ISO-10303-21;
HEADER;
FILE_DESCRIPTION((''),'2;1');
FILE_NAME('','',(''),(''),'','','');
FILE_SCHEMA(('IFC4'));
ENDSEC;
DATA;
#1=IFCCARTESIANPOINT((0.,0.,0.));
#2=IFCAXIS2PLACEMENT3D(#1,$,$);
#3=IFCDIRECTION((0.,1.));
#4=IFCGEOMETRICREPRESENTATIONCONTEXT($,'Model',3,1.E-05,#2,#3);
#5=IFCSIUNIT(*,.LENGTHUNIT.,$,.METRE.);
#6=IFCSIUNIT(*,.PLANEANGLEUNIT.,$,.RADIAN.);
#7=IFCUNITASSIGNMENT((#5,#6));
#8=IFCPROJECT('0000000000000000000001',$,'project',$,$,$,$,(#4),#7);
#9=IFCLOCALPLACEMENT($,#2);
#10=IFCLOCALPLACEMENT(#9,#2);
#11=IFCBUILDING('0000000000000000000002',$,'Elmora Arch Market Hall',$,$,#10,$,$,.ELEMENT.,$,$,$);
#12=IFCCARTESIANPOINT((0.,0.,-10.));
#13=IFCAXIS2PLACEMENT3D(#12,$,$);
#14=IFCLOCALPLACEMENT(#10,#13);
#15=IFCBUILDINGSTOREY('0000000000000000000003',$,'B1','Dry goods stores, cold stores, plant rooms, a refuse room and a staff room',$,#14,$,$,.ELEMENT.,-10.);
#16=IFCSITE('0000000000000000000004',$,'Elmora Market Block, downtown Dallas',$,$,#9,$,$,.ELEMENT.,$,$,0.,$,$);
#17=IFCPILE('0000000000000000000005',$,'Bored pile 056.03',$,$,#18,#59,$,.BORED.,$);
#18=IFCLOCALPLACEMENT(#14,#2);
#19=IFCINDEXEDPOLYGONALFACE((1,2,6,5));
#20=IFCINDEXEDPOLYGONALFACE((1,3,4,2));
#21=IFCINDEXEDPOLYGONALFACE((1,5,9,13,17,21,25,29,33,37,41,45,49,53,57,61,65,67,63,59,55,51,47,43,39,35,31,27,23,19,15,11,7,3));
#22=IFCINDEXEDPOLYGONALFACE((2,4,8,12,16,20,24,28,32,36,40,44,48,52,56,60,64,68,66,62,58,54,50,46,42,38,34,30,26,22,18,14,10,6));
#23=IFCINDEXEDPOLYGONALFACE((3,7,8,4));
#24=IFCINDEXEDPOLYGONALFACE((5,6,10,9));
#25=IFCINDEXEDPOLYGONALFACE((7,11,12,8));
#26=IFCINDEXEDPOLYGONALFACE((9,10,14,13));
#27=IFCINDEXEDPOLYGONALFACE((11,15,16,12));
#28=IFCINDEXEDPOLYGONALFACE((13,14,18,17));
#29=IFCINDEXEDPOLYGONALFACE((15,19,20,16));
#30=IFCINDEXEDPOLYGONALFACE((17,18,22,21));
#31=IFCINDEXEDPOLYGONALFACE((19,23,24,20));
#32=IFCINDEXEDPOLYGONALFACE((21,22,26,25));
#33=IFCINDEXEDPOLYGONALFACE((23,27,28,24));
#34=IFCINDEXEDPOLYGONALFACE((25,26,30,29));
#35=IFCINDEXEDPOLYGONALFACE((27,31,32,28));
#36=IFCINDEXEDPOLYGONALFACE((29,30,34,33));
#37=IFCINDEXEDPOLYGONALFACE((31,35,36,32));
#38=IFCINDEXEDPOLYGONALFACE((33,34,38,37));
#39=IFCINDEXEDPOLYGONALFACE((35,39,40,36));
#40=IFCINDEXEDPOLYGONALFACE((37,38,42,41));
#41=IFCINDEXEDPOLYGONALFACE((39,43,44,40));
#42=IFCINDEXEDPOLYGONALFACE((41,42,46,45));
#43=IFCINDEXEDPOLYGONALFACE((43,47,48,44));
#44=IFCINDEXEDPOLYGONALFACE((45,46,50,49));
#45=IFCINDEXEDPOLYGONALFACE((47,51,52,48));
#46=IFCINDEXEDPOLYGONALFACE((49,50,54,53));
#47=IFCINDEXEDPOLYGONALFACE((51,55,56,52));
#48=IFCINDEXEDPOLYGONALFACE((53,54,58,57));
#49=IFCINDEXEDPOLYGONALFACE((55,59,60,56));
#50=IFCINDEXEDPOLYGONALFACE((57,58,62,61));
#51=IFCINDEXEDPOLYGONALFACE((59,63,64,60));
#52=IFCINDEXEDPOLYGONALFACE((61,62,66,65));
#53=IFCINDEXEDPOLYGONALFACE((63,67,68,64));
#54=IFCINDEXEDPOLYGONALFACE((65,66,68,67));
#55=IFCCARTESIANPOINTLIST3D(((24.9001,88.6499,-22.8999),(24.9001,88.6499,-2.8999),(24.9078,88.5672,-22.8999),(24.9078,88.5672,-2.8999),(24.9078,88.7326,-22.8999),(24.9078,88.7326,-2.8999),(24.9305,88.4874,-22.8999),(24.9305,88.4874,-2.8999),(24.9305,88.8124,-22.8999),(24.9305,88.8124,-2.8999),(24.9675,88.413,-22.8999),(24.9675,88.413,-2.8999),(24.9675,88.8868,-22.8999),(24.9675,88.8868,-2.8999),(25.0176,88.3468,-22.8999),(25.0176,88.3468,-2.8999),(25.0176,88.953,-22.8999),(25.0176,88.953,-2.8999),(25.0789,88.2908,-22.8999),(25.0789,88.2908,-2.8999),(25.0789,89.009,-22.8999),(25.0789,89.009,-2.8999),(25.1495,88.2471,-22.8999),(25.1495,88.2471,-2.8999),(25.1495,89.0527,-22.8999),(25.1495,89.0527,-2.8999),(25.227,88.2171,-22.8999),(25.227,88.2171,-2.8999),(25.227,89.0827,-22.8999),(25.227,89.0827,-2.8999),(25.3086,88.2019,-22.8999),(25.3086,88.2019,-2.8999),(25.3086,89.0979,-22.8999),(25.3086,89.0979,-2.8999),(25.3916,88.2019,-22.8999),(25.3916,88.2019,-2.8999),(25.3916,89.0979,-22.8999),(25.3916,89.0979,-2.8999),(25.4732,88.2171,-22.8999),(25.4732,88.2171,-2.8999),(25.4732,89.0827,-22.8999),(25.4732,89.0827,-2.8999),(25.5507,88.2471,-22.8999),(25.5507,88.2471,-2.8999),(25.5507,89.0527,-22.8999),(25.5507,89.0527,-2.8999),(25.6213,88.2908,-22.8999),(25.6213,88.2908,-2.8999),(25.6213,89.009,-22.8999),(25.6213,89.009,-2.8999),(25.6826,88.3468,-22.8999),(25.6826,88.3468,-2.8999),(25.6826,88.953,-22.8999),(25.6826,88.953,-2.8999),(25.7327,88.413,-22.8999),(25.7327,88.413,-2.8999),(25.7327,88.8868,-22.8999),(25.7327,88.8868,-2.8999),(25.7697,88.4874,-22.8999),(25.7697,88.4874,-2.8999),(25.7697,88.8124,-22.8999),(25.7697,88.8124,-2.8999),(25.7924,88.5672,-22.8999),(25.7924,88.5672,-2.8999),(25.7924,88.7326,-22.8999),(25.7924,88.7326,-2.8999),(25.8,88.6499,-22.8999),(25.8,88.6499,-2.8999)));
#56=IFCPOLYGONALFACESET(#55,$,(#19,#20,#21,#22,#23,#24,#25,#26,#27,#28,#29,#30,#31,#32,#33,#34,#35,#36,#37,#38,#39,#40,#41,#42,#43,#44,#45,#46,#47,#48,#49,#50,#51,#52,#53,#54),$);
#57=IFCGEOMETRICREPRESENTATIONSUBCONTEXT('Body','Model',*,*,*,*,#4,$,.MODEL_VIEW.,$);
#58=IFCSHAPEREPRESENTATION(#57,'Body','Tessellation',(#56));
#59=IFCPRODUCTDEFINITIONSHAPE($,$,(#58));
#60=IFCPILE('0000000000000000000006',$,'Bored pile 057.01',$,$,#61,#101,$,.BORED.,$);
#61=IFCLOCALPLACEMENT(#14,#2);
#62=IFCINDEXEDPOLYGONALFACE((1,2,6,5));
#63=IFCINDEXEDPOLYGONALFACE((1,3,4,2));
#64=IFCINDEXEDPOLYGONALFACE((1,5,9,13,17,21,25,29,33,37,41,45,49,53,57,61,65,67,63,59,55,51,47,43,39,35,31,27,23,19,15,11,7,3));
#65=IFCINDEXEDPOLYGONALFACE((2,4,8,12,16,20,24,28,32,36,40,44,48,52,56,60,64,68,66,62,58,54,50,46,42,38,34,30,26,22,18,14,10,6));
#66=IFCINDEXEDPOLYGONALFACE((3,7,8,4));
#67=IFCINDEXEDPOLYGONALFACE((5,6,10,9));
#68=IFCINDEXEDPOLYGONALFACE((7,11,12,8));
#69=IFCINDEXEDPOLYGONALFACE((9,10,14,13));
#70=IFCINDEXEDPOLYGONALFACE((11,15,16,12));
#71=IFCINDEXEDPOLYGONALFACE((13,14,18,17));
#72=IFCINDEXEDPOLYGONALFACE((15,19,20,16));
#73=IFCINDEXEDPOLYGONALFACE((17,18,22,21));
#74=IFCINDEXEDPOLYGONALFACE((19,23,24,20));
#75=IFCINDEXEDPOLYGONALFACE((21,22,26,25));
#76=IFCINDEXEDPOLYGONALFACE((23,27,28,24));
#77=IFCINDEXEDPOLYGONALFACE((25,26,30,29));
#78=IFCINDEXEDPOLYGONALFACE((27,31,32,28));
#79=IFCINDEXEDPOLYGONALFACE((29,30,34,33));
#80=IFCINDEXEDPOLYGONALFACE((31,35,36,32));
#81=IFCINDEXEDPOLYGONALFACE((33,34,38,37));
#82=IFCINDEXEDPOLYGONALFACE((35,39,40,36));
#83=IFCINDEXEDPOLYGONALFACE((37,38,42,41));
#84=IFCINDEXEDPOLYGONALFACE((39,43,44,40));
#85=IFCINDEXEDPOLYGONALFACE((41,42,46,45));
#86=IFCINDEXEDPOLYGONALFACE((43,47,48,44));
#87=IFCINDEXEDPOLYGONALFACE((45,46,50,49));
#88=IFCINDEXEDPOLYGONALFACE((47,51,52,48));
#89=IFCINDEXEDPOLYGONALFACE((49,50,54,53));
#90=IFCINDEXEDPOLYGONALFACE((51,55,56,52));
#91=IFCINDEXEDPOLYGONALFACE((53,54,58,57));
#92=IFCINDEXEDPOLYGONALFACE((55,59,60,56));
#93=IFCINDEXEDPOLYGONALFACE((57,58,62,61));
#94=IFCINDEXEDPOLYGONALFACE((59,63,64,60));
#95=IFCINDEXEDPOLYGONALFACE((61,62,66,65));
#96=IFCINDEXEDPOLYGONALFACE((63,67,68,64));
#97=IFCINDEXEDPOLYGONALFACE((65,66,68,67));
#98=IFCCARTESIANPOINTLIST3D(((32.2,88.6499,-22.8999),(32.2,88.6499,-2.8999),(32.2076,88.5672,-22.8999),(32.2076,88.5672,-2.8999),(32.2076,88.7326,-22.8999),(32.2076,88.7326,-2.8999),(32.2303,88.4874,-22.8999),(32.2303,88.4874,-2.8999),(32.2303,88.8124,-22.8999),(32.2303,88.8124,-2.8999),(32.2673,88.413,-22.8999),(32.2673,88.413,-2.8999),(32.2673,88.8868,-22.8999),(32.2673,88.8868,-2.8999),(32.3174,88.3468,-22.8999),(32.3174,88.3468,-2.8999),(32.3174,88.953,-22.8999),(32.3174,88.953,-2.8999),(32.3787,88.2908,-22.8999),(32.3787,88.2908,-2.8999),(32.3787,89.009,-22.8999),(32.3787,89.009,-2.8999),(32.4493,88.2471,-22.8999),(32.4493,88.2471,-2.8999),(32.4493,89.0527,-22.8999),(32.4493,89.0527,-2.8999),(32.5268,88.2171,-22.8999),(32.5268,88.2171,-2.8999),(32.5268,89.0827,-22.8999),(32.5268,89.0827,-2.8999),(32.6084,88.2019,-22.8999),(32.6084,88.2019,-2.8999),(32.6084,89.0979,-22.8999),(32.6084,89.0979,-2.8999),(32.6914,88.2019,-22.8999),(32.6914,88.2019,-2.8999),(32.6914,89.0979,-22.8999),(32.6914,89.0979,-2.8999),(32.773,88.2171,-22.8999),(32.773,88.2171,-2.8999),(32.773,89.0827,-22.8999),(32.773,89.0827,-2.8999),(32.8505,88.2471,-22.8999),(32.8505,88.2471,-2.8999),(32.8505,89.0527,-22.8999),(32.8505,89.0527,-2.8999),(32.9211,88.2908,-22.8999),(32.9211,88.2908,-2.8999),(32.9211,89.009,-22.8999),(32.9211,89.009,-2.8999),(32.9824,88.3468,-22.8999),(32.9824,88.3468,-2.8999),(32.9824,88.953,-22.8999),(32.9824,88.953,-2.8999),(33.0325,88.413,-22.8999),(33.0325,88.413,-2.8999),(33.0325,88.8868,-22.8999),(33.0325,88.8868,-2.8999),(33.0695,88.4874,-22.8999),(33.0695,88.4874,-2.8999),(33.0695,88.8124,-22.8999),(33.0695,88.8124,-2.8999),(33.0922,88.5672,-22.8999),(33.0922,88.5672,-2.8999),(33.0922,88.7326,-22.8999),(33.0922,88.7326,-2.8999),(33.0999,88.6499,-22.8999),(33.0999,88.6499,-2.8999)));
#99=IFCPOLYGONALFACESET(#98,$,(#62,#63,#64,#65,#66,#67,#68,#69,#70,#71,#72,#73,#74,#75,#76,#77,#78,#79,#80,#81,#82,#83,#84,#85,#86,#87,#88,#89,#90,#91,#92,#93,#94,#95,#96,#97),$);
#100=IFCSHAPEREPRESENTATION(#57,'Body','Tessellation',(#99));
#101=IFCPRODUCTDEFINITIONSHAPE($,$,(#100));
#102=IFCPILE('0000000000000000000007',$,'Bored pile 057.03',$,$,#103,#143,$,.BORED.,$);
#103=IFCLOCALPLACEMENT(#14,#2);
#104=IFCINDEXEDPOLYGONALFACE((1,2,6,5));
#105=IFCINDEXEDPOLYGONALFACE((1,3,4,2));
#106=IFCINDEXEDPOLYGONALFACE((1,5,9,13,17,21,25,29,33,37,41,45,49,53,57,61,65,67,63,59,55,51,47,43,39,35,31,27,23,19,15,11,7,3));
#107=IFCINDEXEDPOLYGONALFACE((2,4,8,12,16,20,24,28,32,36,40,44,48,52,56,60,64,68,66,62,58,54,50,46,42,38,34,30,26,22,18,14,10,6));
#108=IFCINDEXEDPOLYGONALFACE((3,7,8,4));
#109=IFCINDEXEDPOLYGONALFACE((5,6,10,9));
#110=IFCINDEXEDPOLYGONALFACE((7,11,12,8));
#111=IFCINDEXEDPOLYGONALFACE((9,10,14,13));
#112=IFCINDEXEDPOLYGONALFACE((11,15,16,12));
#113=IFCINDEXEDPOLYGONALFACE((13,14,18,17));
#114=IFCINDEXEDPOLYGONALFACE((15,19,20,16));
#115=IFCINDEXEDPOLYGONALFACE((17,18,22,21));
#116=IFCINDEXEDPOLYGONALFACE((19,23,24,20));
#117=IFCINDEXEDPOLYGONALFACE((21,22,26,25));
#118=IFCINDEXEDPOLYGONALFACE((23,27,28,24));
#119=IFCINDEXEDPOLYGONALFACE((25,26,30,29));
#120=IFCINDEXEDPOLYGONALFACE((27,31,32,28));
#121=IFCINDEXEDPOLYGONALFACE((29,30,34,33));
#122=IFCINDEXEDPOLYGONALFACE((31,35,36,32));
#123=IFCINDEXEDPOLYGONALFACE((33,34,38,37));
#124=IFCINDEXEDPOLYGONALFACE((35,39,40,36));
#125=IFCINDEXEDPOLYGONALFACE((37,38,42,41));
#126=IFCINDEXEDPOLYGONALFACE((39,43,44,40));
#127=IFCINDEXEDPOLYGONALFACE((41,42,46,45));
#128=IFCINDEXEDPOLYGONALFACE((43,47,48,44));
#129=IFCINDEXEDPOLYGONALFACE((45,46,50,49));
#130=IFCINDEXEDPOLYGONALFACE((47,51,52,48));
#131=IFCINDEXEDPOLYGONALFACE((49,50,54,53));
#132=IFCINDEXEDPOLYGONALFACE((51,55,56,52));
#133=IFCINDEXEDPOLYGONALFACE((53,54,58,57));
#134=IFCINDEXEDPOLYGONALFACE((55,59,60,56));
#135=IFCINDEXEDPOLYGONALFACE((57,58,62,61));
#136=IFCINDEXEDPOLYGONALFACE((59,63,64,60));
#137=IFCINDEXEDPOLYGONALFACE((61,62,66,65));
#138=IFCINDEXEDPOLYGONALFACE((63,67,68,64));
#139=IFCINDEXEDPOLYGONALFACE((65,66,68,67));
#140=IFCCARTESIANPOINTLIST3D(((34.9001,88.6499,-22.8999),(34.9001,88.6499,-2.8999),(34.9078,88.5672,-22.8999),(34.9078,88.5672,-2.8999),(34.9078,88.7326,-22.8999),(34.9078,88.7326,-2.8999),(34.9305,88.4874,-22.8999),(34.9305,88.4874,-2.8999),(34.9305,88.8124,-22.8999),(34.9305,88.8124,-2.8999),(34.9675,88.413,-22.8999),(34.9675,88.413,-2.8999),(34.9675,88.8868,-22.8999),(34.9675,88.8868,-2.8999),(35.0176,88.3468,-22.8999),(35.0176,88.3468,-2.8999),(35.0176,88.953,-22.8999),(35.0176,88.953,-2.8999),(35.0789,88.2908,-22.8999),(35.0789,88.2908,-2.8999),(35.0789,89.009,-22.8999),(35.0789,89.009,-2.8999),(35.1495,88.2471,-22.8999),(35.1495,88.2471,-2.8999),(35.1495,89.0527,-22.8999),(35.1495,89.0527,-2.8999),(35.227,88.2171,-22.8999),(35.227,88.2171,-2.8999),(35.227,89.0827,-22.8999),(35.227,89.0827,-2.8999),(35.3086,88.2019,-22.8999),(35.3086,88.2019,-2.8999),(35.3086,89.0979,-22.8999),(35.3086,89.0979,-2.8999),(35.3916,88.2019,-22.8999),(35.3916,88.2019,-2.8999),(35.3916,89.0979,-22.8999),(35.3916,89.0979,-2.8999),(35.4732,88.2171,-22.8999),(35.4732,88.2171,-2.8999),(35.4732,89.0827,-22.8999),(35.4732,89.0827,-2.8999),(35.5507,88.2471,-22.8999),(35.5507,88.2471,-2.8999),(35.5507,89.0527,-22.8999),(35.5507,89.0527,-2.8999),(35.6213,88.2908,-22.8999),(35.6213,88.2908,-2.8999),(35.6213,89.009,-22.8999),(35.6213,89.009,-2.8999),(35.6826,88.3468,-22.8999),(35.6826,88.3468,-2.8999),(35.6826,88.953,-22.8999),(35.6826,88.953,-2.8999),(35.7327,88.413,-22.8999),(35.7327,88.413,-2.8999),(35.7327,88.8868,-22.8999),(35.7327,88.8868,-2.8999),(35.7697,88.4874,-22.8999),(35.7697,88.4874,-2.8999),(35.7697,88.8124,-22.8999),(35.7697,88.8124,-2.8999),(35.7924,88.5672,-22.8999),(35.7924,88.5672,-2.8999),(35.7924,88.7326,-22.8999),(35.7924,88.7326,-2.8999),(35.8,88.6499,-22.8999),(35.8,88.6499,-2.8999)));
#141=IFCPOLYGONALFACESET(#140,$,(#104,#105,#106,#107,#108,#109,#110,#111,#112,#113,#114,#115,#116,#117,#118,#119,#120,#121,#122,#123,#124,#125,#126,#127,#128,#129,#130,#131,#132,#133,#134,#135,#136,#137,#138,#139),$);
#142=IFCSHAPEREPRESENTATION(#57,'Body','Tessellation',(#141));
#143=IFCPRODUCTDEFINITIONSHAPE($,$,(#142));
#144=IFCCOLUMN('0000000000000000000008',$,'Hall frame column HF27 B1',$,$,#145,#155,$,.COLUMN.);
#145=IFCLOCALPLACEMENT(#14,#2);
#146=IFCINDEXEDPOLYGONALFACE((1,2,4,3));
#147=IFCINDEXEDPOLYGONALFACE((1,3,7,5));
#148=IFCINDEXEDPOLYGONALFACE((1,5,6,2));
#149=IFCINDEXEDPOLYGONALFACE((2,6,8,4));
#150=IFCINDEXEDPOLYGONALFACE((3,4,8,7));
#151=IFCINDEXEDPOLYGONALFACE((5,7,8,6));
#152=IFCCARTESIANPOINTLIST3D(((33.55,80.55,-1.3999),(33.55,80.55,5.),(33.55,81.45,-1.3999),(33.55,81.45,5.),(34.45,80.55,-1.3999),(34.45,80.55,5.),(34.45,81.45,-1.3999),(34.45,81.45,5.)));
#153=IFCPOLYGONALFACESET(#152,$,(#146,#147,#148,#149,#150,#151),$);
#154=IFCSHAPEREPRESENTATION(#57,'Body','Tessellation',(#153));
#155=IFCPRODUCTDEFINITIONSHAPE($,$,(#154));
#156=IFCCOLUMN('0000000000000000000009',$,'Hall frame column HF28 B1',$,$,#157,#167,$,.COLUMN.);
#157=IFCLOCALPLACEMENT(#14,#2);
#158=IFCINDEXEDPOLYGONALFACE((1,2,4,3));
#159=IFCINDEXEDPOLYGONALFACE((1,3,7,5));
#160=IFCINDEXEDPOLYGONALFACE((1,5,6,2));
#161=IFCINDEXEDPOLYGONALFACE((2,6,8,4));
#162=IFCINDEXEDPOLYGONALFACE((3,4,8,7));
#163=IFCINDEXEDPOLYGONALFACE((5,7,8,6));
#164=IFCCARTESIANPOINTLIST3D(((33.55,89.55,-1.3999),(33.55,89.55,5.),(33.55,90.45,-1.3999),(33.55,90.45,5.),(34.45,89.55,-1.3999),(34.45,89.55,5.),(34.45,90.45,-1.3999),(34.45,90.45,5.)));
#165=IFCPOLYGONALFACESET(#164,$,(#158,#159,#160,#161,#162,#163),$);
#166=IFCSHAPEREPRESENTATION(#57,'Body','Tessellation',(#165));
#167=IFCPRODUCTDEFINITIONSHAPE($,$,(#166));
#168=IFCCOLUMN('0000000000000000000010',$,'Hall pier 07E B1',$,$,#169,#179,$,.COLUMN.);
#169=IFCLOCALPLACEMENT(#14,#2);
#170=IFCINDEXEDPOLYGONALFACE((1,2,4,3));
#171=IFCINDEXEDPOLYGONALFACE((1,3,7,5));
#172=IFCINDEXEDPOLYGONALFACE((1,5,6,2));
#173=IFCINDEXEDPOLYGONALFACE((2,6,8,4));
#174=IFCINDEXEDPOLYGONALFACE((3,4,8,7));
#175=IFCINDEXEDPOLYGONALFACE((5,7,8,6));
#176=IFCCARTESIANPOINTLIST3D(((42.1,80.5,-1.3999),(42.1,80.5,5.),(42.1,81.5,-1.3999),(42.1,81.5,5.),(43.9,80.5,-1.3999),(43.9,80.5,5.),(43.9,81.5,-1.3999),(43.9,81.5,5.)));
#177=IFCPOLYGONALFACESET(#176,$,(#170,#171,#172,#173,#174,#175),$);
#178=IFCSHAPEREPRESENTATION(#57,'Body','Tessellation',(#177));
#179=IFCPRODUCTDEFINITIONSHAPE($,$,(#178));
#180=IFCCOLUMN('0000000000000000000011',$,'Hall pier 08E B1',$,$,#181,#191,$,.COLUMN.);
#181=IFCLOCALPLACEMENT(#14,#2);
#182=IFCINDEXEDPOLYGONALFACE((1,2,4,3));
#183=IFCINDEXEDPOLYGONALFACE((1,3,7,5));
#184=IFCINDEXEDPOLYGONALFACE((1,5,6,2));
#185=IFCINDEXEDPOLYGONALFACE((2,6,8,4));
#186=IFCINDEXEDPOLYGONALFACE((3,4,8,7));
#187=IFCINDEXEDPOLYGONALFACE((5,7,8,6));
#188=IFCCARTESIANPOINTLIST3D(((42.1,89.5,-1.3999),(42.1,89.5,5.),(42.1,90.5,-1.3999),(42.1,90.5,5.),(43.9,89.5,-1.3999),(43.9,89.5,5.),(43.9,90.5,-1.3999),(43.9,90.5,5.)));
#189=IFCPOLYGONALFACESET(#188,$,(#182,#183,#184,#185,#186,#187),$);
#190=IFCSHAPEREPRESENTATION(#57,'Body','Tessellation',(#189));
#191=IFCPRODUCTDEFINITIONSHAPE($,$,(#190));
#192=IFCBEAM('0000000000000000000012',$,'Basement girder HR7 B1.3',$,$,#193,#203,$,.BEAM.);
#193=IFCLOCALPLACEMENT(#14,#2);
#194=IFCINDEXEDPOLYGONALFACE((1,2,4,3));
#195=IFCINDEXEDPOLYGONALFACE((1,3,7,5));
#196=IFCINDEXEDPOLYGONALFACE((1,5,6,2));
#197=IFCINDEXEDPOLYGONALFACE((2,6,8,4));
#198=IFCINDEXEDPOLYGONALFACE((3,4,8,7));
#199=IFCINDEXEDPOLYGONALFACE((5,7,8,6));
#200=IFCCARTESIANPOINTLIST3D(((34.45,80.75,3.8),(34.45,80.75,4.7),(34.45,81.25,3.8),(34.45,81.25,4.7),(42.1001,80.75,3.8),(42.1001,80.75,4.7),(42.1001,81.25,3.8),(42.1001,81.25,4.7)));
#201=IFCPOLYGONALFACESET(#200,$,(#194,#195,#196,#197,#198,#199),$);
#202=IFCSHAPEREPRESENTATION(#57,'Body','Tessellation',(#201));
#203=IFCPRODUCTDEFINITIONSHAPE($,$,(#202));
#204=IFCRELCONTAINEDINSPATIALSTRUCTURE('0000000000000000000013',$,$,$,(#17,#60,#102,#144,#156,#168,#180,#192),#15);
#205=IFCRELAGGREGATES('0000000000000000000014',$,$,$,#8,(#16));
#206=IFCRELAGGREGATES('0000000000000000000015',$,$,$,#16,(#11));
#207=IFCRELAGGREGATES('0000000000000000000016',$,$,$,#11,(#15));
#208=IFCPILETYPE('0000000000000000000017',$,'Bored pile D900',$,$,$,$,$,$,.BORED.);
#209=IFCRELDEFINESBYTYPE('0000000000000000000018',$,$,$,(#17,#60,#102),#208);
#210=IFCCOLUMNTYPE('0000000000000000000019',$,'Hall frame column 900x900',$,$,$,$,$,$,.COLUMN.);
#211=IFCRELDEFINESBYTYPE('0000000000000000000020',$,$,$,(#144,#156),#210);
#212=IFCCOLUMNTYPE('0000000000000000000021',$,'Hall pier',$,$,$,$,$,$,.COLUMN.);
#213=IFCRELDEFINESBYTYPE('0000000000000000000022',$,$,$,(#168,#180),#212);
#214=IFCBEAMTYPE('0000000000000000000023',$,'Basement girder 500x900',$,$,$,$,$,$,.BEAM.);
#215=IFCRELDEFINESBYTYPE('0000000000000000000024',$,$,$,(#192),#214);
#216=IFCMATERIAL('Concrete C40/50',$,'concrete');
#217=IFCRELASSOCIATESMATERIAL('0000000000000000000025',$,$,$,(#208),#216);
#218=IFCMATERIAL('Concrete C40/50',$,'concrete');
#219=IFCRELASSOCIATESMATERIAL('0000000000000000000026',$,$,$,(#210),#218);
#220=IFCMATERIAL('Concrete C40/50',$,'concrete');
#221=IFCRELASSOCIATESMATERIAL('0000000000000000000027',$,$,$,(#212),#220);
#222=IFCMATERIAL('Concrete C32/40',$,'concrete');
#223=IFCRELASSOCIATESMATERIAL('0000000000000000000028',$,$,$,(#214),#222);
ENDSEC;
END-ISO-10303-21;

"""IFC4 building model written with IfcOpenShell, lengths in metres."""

from ifc_helpers import new_model, si_unit, direction, frame, origin, origin_2d, place, context, subcontext, project, spatial, rectangle, circle, extrude, material, material_profile, profile_set, type_object, element, save


model = new_model("IFC4")

# Units and contexts
model_context = context("Model", 3, precision=1e-05, world=origin(), true_north=direction((0.0, 1.0)))
body_context = subcontext(model_context, "Body", "Model", "MODEL_VIEW")
ifc_project = project(units=[si_unit("LENGTHUNIT", "METRE"), si_unit("PLANEANGLEUNIT", "RADIAN")], contexts=[model_context])

# Site, building, storey
site_placement = place(None, origin())
site = spatial("IfcSite", under=ifc_project, at=site_placement, Name="Elmora Market Block, downtown Dallas", CompositionType="ELEMENT", RefElevation=0.0)
building_placement = place(site_placement, origin())
building = spatial("IfcBuilding", under=site, at=building_placement, Name="Elmora Arch Market Hall", CompositionType="ELEMENT")
storey_placement = place(building_placement, frame((0.0, 0.0, -10.0)))
storey = spatial("IfcBuildingStorey", under=building, at=storey_placement, Name="B1", Description="Dry goods stores, cold stores, plant rooms, a refuse room and a staff room", CompositionType="ELEMENT", Elevation=-10.0)

# Piles
ifc_material_1 = material(Name="Concrete C40/50", Category="concrete")
ifc_material_profile_1 = material_profile(ifc_material_1, circle(Radius=0.45, at=origin_2d()), Name="Bored pile D900")
ifc_profile_set_1 = profile_set([ifc_material_profile_1], Name="Concrete C40/50")
pile_type = type_object("IfcPileType", Name="Bored pile D900", PredefinedType="BORED", material=ifc_profile_set_1)
for number, where, z_axis, x_axis, name in (
    (1, (25.3501, 88.6499, -2.8999), (0.0, 0.0, -1.0), (1.0, 0.0, 0.0), "Bored pile 056.03"),
    (2, (32.6499, 88.6499, -2.8999), (0.0, 0.0, -1.0), (1.0, 0.0, 0.0), "Bored pile 057.01"),
    (3, (35.3501, 88.6499, -2.8999), (0.0, 0.0, -1.0), (1.0, 0.0, 0.0), "Bored pile 057.03"),
):
    element("IfcPile", number, at=place(storey_placement, frame(where, z_axis=z_axis, x_axis=x_axis)), inside=storey, type_object=pile_type, Name=name, PredefinedType="BORED", context=body_context, shape_type="SweptSolid", body=[
        extrude(circle(Radius=0.45, at=origin_2d()), origin(), (0.0, 0.0, 1.0), 20.0),
    ])

# Columns
ifc_material_2 = material(Name="Concrete C40/50", Category="concrete")
ifc_material_profile_2 = material_profile(ifc_material_2, rectangle(XDim=0.8999, YDim=0.8999, at=origin_2d()), Name="Hall frame column 900x900")
ifc_profile_set_2 = profile_set([ifc_material_profile_2], Name="Concrete C40/50")
column_type_1 = type_object("IfcColumnType", Name="Hall frame column 900x900", PredefinedType="COLUMN", material=ifc_profile_set_2)
for number, where, z_axis, x_axis, name in (
    (4, (34.0, 81.0, -1.3999), (0.0, 0.0, 1.0), (1.0, 0.0, 0.0), "Hall frame column HF27 B1"),
    (5, (34.0, 90.0, -1.3999), (0.0, 0.0, 1.0), (1.0, 0.0, 0.0), "Hall frame column HF28 B1"),
):
    element("IfcColumn", number, at=place(storey_placement, frame(where, z_axis=z_axis, x_axis=x_axis)), inside=storey, type_object=column_type_1, Name=name, PredefinedType="COLUMN", context=body_context, shape_type="SweptSolid", body=[
        extrude(rectangle(XDim=0.8999, YDim=0.8999, at=origin_2d()), origin(), (0.0, 0.0, 1.0), 6.3999),
    ])
ifc_material_3 = material(Name="Concrete C40/50", Category="concrete")
ifc_material_profile_3 = material_profile(ifc_material_3, rectangle(XDim=1.8, YDim=1.0, at=origin_2d()), Name="Hall pier")
ifc_profile_set_3 = profile_set([ifc_material_profile_3], Name="Concrete C40/50")
column_type_2 = type_object("IfcColumnType", Name="Hall pier", PredefinedType="COLUMN", material=ifc_profile_set_3)
for number, where, z_axis, x_axis, name in (
    (6, (43.0, 81.0, -1.3999), (0.0, 0.0, 1.0), (1.0, 0.0, 0.0), "Hall pier 07E B1"),
    (7, (43.0, 90.0, -1.3999), (0.0, 0.0, 1.0), (1.0, 0.0, 0.0), "Hall pier 08E B1"),
):
    element("IfcColumn", number, at=place(storey_placement, frame(where, z_axis=z_axis, x_axis=x_axis)), inside=storey, type_object=column_type_2, Name=name, PredefinedType="COLUMN", context=body_context, shape_type="SweptSolid", body=[
        extrude(rectangle(XDim=1.8, YDim=1.0, at=origin_2d()), origin(), (0.0, 0.0, 1.0), 6.3999),
    ])

# Beam
ifc_material_4 = material(Name="Concrete C32/40", Category="concrete")
ifc_material_profile_4 = material_profile(ifc_material_4, rectangle(XDim=0.5, YDim=0.8999, at=origin_2d()), Name="Basement girder 500x900")
ifc_profile_set_4 = profile_set([ifc_material_profile_4], Name="Concrete C32/40")
beam_type_1 = type_object("IfcBeamType", Name="Basement girder 500x900", PredefinedType="BEAM", material=ifc_profile_set_4)
for number, where, z_axis, x_axis, name in (
    (8, (34.45, 81.0, 4.25), (1.0, 0.0, 0.0), (0.0, 1.0, 0.0), "Basement girder HR7 B1.3"),
):
    element("IfcBeam", number, at=place(storey_placement, frame(where, z_axis=z_axis, x_axis=x_axis)), inside=storey, type_object=beam_type_1, Name=name, PredefinedType="BEAM", context=body_context, shape_type="SweptSolid", body=[
        extrude(rectangle(XDim=0.5, YDim=0.8999, at=origin_2d()), origin(), (0.0, 0.0, 1.0), 7.6501),
    ])

save(model, "model.ifc")
